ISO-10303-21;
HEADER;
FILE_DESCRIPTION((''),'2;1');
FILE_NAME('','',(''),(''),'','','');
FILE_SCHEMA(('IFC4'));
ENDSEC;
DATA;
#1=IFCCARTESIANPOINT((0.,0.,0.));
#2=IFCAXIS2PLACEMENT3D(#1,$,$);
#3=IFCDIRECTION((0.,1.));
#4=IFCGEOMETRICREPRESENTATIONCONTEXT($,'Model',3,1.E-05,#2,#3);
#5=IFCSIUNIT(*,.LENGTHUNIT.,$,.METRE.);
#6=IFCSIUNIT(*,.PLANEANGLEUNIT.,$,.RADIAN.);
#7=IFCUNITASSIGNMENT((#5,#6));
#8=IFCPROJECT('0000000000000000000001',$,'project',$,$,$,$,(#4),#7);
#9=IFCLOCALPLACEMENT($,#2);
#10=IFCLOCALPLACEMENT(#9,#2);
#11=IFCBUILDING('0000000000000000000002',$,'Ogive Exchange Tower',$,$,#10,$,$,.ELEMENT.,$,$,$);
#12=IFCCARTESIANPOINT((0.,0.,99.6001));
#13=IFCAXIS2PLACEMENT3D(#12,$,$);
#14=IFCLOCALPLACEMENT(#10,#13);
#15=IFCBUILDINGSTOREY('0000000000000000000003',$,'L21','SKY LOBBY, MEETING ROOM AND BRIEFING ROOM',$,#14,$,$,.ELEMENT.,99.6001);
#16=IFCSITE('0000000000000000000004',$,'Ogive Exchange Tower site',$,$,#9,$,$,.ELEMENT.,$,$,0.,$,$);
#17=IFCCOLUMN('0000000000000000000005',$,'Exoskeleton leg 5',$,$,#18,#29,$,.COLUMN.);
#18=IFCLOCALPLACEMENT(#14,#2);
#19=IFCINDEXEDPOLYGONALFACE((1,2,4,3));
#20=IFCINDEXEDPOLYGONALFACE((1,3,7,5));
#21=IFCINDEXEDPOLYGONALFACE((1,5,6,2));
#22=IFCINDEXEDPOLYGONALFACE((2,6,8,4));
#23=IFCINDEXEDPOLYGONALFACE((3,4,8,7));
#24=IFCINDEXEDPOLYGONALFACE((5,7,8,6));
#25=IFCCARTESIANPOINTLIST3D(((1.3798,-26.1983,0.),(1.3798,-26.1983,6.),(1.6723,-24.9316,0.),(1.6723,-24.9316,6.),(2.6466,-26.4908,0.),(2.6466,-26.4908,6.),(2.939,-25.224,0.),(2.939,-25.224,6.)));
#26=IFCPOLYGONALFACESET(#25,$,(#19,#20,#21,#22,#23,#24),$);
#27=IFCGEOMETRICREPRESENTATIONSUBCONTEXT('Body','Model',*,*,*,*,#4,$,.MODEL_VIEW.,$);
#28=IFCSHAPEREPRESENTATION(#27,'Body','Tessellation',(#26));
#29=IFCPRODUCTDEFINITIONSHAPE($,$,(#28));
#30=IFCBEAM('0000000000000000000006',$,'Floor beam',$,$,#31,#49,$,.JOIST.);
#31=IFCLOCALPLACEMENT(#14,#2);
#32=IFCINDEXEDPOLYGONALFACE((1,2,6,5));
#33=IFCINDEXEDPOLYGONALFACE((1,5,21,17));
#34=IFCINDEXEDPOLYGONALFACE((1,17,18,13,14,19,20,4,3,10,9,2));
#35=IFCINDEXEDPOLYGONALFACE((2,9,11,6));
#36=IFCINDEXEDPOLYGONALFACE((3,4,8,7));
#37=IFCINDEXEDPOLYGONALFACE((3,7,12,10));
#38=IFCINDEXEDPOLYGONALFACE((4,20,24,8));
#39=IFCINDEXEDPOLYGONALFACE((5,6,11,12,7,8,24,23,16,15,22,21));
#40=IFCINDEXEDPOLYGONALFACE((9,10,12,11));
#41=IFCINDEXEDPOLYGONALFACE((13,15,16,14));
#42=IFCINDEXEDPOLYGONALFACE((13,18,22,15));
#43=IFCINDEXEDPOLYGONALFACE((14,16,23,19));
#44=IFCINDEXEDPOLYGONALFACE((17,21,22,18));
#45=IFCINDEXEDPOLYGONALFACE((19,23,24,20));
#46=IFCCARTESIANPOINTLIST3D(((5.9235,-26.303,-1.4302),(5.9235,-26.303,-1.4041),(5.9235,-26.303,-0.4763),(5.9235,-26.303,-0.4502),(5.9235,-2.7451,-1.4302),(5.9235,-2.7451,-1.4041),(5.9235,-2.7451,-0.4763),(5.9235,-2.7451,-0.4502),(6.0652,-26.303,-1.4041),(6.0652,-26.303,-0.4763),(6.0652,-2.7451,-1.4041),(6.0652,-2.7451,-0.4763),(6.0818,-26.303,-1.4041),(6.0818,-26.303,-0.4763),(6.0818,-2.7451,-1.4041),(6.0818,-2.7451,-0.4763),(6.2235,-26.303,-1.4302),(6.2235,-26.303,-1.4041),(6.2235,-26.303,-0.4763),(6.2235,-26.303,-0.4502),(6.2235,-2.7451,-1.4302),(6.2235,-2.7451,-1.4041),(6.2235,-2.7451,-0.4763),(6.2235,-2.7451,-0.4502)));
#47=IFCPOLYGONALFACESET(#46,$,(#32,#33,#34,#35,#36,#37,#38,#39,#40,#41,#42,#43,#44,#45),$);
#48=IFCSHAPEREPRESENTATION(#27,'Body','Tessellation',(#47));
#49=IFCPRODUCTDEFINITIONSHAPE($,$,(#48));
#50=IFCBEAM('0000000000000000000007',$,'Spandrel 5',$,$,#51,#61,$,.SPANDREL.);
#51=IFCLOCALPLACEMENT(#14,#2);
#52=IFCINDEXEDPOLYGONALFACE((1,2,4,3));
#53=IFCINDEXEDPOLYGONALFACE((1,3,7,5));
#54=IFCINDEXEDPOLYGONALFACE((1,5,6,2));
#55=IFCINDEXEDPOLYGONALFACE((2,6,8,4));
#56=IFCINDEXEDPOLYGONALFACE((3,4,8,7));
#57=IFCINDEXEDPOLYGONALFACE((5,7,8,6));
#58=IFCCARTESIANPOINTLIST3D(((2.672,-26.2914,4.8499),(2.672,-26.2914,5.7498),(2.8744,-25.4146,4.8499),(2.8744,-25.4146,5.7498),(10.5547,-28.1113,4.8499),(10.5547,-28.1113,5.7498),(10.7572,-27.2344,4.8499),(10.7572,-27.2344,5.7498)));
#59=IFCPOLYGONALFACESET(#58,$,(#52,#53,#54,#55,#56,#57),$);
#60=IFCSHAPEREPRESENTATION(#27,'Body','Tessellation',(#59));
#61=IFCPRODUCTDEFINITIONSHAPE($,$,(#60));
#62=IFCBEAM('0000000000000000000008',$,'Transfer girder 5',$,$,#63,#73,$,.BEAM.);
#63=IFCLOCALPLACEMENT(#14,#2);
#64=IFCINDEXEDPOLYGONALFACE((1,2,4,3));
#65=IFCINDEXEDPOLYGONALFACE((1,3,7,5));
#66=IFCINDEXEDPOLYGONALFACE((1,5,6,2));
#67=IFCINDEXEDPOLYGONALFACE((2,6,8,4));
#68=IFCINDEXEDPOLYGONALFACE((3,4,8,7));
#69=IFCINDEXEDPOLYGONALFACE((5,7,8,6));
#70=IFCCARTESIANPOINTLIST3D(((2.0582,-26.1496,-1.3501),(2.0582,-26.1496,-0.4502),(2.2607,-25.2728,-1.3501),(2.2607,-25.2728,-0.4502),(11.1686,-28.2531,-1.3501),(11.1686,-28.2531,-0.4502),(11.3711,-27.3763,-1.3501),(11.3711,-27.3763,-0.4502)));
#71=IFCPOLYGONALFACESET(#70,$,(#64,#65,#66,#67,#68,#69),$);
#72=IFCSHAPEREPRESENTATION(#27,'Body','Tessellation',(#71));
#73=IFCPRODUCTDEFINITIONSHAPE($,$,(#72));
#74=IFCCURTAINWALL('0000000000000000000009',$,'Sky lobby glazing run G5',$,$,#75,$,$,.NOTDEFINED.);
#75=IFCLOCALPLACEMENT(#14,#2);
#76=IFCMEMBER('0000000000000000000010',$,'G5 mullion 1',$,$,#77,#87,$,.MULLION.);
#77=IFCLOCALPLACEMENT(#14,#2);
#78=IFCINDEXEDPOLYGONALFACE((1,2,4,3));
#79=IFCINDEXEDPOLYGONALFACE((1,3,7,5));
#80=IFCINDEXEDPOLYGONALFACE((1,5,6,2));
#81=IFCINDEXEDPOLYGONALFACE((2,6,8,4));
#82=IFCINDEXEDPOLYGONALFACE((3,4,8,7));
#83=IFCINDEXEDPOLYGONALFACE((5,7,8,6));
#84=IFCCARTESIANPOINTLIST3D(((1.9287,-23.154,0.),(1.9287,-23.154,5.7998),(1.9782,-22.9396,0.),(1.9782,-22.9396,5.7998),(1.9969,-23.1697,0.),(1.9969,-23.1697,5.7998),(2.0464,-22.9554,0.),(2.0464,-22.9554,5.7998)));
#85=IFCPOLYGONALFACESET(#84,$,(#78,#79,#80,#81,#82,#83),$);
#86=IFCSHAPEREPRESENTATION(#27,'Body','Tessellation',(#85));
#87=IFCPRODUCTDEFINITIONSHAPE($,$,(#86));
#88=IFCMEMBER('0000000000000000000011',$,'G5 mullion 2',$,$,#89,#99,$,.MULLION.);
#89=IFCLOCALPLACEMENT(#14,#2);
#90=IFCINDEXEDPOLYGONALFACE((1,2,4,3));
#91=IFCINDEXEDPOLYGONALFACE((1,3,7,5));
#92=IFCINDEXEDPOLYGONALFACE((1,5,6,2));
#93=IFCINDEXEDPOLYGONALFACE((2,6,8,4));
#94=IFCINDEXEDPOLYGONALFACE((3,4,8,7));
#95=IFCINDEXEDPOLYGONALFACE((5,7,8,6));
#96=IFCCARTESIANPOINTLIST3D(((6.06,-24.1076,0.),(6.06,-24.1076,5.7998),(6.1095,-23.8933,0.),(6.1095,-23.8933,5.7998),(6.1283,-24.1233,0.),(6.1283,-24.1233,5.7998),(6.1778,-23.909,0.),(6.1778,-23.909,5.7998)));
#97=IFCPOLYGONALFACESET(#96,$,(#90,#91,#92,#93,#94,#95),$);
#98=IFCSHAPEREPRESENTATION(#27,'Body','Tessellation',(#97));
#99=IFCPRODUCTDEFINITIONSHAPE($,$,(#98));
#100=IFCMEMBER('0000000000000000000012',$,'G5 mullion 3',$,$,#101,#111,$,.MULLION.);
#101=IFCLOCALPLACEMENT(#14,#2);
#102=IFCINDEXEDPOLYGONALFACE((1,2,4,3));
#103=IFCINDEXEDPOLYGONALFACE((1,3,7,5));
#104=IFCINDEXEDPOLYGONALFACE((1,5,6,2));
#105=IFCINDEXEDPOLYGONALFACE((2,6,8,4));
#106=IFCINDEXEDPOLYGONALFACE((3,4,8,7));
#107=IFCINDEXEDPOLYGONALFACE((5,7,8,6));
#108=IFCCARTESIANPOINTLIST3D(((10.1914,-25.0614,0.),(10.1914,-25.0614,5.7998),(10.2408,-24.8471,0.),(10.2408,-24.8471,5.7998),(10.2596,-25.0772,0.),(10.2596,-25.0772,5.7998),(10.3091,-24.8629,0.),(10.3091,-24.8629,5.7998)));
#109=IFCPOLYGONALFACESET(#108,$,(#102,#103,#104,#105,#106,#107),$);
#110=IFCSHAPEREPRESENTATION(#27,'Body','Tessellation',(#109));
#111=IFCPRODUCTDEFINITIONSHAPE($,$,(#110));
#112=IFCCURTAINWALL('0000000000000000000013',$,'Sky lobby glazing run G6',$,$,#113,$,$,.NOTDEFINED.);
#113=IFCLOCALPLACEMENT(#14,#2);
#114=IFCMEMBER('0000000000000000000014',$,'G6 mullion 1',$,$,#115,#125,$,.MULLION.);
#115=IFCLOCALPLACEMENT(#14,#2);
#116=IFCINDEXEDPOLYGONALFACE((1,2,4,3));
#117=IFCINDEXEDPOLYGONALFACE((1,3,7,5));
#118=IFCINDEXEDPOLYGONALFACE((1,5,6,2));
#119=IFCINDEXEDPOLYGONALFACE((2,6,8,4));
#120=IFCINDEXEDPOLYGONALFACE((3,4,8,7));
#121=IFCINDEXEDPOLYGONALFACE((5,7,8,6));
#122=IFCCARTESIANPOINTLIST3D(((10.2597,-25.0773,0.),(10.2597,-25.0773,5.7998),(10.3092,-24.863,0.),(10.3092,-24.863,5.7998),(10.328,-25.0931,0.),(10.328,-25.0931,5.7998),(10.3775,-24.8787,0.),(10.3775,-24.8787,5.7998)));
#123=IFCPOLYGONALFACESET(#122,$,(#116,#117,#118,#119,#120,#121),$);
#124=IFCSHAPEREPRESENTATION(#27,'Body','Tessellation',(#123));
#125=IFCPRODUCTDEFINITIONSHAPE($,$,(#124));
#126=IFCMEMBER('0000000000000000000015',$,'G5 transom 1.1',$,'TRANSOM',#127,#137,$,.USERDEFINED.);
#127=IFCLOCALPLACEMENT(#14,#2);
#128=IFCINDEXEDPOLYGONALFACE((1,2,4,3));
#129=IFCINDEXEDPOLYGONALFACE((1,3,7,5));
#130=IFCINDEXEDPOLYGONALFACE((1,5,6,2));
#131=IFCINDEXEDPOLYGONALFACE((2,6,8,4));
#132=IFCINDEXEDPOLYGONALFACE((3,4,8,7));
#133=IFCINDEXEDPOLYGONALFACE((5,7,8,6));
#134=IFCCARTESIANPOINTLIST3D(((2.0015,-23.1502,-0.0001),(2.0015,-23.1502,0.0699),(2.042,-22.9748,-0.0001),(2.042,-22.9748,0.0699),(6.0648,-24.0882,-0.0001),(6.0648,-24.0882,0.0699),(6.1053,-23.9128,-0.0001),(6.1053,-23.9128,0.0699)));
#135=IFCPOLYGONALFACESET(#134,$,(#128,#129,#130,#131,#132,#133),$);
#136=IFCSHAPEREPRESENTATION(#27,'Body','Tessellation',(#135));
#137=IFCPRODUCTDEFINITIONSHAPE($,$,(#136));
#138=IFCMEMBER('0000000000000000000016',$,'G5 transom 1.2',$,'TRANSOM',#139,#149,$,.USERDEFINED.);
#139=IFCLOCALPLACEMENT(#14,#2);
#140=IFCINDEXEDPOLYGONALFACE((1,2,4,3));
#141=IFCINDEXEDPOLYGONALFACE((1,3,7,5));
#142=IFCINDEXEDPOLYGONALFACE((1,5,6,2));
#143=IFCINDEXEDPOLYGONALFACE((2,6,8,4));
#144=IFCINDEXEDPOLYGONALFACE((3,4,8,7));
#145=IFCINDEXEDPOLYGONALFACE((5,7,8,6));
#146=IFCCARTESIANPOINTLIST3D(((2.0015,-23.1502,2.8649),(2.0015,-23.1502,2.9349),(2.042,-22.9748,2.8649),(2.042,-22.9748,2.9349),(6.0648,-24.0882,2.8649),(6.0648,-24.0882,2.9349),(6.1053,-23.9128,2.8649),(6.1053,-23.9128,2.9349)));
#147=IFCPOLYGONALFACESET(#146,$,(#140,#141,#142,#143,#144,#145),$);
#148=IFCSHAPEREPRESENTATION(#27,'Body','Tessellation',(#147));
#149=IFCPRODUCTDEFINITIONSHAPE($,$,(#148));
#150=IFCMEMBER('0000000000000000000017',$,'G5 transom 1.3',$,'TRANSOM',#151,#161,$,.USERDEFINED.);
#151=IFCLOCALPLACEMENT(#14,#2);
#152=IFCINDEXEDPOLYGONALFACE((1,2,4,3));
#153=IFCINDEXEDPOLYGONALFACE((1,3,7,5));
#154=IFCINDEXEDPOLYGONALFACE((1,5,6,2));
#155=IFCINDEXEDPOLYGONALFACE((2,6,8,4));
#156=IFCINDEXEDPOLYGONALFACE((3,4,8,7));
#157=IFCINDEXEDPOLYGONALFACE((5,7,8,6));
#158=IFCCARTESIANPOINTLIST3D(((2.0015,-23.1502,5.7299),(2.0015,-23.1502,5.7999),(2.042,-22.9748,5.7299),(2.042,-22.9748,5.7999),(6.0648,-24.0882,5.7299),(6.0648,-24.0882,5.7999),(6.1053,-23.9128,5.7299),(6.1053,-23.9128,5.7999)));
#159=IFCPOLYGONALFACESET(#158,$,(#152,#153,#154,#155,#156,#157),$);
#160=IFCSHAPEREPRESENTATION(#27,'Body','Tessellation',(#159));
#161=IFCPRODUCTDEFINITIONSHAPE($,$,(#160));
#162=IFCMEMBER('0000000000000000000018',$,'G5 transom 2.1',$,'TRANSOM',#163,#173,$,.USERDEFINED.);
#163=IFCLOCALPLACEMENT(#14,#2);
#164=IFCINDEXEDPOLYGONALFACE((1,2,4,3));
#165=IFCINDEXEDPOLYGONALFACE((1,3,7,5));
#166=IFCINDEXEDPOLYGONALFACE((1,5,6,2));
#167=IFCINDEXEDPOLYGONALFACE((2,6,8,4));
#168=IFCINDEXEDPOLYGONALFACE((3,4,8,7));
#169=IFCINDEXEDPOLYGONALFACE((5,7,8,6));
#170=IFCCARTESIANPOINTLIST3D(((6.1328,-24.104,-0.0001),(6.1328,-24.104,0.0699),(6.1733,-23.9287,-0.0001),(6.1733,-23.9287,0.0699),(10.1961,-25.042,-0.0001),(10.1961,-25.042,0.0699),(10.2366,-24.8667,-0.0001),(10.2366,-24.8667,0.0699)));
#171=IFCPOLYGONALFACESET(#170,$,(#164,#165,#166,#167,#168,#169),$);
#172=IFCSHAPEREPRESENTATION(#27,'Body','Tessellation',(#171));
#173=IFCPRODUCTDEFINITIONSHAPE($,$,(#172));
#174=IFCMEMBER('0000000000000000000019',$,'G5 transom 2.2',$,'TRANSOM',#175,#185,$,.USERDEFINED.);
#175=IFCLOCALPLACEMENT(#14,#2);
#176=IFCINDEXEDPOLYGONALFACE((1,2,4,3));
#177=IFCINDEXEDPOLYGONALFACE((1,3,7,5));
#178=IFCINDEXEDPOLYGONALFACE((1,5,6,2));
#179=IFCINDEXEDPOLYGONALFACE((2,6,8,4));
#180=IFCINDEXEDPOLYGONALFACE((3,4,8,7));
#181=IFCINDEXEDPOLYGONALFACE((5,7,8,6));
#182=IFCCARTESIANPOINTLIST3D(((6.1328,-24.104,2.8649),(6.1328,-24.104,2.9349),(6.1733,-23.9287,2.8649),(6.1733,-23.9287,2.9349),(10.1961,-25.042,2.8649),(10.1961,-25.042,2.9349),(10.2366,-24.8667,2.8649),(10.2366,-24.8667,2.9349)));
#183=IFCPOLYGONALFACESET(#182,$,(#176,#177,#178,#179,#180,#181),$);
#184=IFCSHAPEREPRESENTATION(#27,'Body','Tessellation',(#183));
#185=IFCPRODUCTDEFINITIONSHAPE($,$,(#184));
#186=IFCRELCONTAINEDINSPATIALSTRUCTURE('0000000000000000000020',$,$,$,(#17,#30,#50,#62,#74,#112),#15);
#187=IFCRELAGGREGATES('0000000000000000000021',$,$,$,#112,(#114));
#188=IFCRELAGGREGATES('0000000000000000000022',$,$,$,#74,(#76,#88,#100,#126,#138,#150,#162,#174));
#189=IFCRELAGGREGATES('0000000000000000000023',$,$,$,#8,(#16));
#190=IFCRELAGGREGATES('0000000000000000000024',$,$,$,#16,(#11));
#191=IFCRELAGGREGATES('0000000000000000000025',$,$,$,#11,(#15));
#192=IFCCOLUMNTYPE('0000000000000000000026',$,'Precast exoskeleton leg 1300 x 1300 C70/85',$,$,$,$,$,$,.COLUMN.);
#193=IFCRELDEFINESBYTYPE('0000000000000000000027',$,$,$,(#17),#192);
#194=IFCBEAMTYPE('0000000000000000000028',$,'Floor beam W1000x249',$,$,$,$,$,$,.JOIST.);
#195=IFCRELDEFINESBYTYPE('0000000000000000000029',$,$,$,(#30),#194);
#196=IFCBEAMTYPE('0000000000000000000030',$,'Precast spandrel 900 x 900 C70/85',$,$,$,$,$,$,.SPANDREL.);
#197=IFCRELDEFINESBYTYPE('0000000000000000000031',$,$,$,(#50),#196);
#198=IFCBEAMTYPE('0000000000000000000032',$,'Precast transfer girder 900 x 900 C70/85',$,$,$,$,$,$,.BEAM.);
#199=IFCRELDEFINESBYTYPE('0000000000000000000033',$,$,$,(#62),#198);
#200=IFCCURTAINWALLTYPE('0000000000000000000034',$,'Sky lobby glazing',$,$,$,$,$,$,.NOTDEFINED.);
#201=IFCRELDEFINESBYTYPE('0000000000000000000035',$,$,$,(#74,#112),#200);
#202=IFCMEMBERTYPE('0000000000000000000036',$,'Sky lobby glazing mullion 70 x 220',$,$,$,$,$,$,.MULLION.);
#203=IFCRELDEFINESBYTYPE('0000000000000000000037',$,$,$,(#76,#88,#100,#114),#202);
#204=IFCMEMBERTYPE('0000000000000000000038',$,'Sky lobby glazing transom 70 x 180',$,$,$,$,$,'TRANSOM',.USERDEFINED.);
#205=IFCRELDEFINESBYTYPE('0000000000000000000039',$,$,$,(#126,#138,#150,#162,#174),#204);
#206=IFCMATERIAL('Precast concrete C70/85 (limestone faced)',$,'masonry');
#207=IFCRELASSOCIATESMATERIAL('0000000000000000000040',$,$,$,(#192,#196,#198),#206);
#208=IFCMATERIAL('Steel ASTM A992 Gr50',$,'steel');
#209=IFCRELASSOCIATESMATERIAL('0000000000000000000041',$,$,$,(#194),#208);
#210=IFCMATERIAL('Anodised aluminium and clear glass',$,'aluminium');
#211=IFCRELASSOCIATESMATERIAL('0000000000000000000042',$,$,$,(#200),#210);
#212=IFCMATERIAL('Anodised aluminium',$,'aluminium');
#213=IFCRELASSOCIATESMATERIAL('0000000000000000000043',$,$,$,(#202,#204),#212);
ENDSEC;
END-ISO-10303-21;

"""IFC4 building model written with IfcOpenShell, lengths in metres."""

from ifc_helpers import new_model, si_unit, direction, frame, origin, origin_2d, place, context, subcontext, project, spatial, rectangle, i_section, extrude, material, material_profile, profile_set, type_object, element, aggregate, save


model = new_model("IFC4")

# Units and contexts
model_context = context("Model", 3, precision=1e-05, world=origin(), true_north=direction((0.0, 1.0)))
body_context = subcontext(model_context, "Body", "Model", "MODEL_VIEW")
ifc_project = project(units=[si_unit("LENGTHUNIT", "METRE"), si_unit("PLANEANGLEUNIT", "RADIAN")], contexts=[model_context])

# Site, building, storey
site_placement = place(None, origin())
site = spatial("IfcSite", under=ifc_project, at=site_placement, Name="Ogive Exchange Tower site", CompositionType="ELEMENT", RefElevation=0.0)
building_placement = place(site_placement, origin())
building = spatial("IfcBuilding", under=site, at=building_placement, Name="Ogive Exchange Tower", CompositionType="ELEMENT")
storey_placement = place(building_placement, frame((0.0, 0.0, 99.6001)))
storey = spatial("IfcBuildingStorey", under=building, at=storey_placement, Name="L21", Description="SKY LOBBY, MEETING ROOM AND BRIEFING ROOM", CompositionType="ELEMENT", Elevation=99.6001)

# Column
ifc_material_1 = material(Name="Precast concrete C70/85 (limestone faced)", Category="masonry")
ifc_material_profile_1 = material_profile(ifc_material_1, rectangle(XDim=1.3, YDim=1.3, at=origin_2d()), Name="1300 x 1300")
ifc_profile_set_1 = profile_set([ifc_material_profile_1], Name="Precast concrete C70/85 (limestone faced)")
column_type = type_object("IfcColumnType", Name="Precast exoskeleton leg 1300 x 1300 C70/85", PredefinedType="COLUMN", material=ifc_profile_set_1)
column_placement = place(storey_placement, frame((2.1594, -25.7112, 0.0), z_axis=(0.0, 0.0, 1.0), x_axis=(0.97437, -0.224951, 0.0)))
element("IfcColumn", 1, at=column_placement, inside=storey, type_object=column_type, Name="Exoskeleton leg 5", PredefinedType="COLUMN", context=body_context, shape_type="SweptSolid", body=[
    extrude(rectangle(XDim=1.3, YDim=1.3, at=origin_2d()), origin(), (0.0, 0.0, 1.0), 6.0),
])

# Beams
ifc_material_2 = material(Name="Steel ASTM A992 Gr50", Category="steel")
ifc_material_profile_2 = material_profile(ifc_material_2, i_section(OverallWidth=0.3, OverallDepth=0.98, WebThickness=0.0166, FlangeThickness=0.0261, at=origin_2d()), Name="W1000x249")
ifc_profile_set_2 = profile_set([ifc_material_profile_2], Name="Steel ASTM A992 Gr50")
beam_type_1 = type_object("IfcBeamType", Name="Floor beam W1000x249", PredefinedType="JOIST", material=ifc_profile_set_2)
beam_1_placement = place(storey_placement, frame((6.0735, -26.303, -0.9402), z_axis=(0.0, 1.0, 0.0), x_axis=(-1.0, 0.0, 0.0)))
element("IfcBeam", 2, at=beam_1_placement, inside=storey, type_object=beam_type_1, Name="Floor beam", PredefinedType="JOIST", context=body_context, shape_type="SweptSolid", body=[
    extrude(i_section(OverallWidth=0.3, OverallDepth=0.98, WebThickness=0.0166, FlangeThickness=0.0261, at=origin_2d()), origin(), (0.0, 0.0, 1.0), 23.5579),
])
ifc_material_profile_3 = material_profile(ifc_material_1, rectangle(XDim=0.8999, YDim=0.8999, at=origin_2d()), Name="900 x 900")
ifc_profile_set_3 = profile_set([ifc_material_profile_3], Name="Precast concrete C70/85 (limestone faced)")
beam_type_2 = type_object("IfcBeamType", Name="Precast spandrel 900 x 900 C70/85", PredefinedType="SPANDREL", material=ifc_profile_set_3)
beam_2_placement = place(storey_placement, frame((2.7732, -25.853, 5.2998), z_axis=(0.974372, -0.224943, 0.0), x_axis=(0.224943, 0.974372, 0.0)))
element("IfcBeam", 3, at=beam_2_placement, inside=storey, type_object=beam_type_2, Name="Spandrel 5", PredefinedType="SPANDREL", context=body_context, shape_type="SweptSolid", body=[
    extrude(rectangle(XDim=0.8999, YDim=0.8999, at=origin_2d()), origin(), (0.0, 0.0, 1.0), 8.0901),
])
ifc_material_profile_4 = material_profile(ifc_material_1, rectangle(XDim=0.8999, YDim=0.8999, at=origin_2d()), Name="900 x 900")
ifc_profile_set_4 = profile_set([ifc_material_profile_4], Name="Precast concrete C70/85 (limestone faced)")
beam_type_3 = type_object("IfcBeamType", Name="Precast transfer girder 900 x 900 C70/85", PredefinedType="BEAM", material=ifc_profile_set_4)
beam_3_placement = place(storey_placement, frame((2.1594, -25.7112, -0.9001), z_axis=(0.974365, -0.224974, 0.0), x_axis=(0.224974, 0.974365, 0.0)))
element("IfcBeam", 4, at=beam_3_placement, inside=storey, type_object=beam_type_3, Name="Transfer girder 5", PredefinedType="BEAM", context=body_context, shape_type="SweptSolid", body=[
    extrude(rectangle(XDim=0.8999, YDim=0.8999, at=origin_2d()), origin(), (0.0, 0.0, 1.0), 9.3501),
])

# Curtain wall, members
ifc_material_3 = material(Name="Anodised aluminium and clear glass", Category="aluminium")
curtain_wall_type = type_object("IfcCurtainWallType", Name="Sky lobby glazing", PredefinedType="NOTDEFINED", material=ifc_material_3)
curtain_wall_1_placement = place(storey_placement, origin())
curtain_wall_1 = element("IfcCurtainWall", 5, at=curtain_wall_1_placement, inside=storey, type_object=curtain_wall_type, Name="Sky lobby glazing run G5", PredefinedType="NOTDEFINED")
ifc_material_4 = material(Name="Anodised aluminium", Category="aluminium")
ifc_material_profile_5 = material_profile(ifc_material_4, rectangle(XDim=0.22, YDim=0.0701, at=origin_2d()), Name="AL 70x220")
ifc_profile_set_5 = profile_set([ifc_material_profile_5], Name="Anodised aluminium")
member_type_1 = type_object("IfcMemberType", Name="Sky lobby glazing mullion 70 x 220", PredefinedType="MULLION", material=ifc_profile_set_5)
member_1_placement = place(storey_placement, frame((1.9875, -23.0547, 0.0), z_axis=(0.0, 0.0, 1.0), x_axis=(0.224958, 0.974369, 0.0)))
member_1 = element("IfcMember", 6, at=member_1_placement, type_object=member_type_1, Name="G5 mullion 1", PredefinedType="MULLION", context=body_context, shape_type="SweptSolid", body=[
    extrude(rectangle(XDim=0.22, YDim=0.0701, at=origin_2d()), origin(), (0.0, 0.0, 1.0), 5.7998),
])
member_2_placement = place(storey_placement, frame((6.1189, -24.0083, 0.0), z_axis=(0.0, 0.0, 1.0), x_axis=(0.224958, 0.974369, 0.0)))
member_2 = element("IfcMember", 7, at=member_2_placement, type_object=member_type_1, Name="G5 mullion 2", PredefinedType="MULLION", context=body_context, shape_type="SweptSolid", body=[
    extrude(rectangle(XDim=0.22, YDim=0.0701, at=origin_2d()), origin(), (0.0, 0.0, 1.0), 5.7998),
])
member_3_placement = place(storey_placement, frame((10.2502, -24.9622, 0.0), z_axis=(0.0, 0.0, 1.0), x_axis=(0.224958, 0.974369, 0.0)))
member_3 = element("IfcMember", 8, at=member_3_placement, type_object=member_type_1, Name="G5 mullion 3", PredefinedType="MULLION", context=body_context, shape_type="SweptSolid", body=[
    extrude(rectangle(XDim=0.22, YDim=0.0701, at=origin_2d()), origin(), (0.0, 0.0, 1.0), 5.7998),
])

# Curtain wall, member
curtain_wall_2_placement = place(storey_placement, origin())
curtain_wall_2 = element("IfcCurtainWall", 9, at=curtain_wall_2_placement, inside=storey, type_object=curtain_wall_type, Name="Sky lobby glazing run G6", PredefinedType="NOTDEFINED")
member_4_placement = place(storey_placement, frame((10.3186, -24.978, 0.0), z_axis=(0.0, 0.0, 1.0), x_axis=(0.224949, 0.97437, 0.0)))
member_4 = element("IfcMember", 10, at=member_4_placement, type_object=member_type_1, Name="G6 mullion 1", PredefinedType="MULLION", context=body_context, shape_type="SweptSolid", body=[
    extrude(rectangle(XDim=0.22, YDim=0.0701, at=origin_2d()), origin(), (0.0, 0.0, 1.0), 5.7998),
])
aggregate(curtain_wall_2, [member_4])

# Members
ifc_material_profile_6 = material_profile(ifc_material_4, rectangle(XDim=0.1799, YDim=0.0701, at=origin_2d()), Name="AL 70x180")
ifc_profile_set_6 = profile_set([ifc_material_profile_6], Name="Anodised aluminium")
member_type_2 = type_object("IfcMemberType", Name="Sky lobby glazing transom 70 x 180", ElementType="TRANSOM", PredefinedType="USERDEFINED", material=ifc_profile_set_6)
member_5_placement = place(storey_placement, frame((2.0217, -23.0625, 0.0349), z_axis=(0.974374, -0.224932, 0.0), x_axis=(0.224932, 0.974374, 0.0)))
member_5 = element("IfcMember", 11, at=member_5_placement, type_object=member_type_2, Name="G5 transom 1.1", ObjectType="TRANSOM", PredefinedType="USERDEFINED", context=body_context, shape_type="SweptSolid", body=[
    extrude(rectangle(XDim=0.1799, YDim=0.0701, at=origin_2d()), origin(), (0.0, 0.0, 1.0), 4.1702),
])
member_6_placement = place(storey_placement, frame((2.0217, -23.0625, 2.8999), z_axis=(0.974374, -0.224932, 0.0), x_axis=(0.224932, 0.974374, 0.0)))
member_6 = element("IfcMember", 12, at=member_6_placement, type_object=member_type_2, Name="G5 transom 1.2", ObjectType="TRANSOM", PredefinedType="USERDEFINED", context=body_context, shape_type="SweptSolid", body=[
    extrude(rectangle(XDim=0.1799, YDim=0.0701, at=origin_2d()), origin(), (0.0, 0.0, 1.0), 4.1702),
])
member_7_placement = place(storey_placement, frame((2.0217, -23.0625, 5.7649), z_axis=(0.974374, -0.224932, 0.0), x_axis=(0.224932, 0.974374, 0.0)))
member_7 = element("IfcMember", 13, at=member_7_placement, type_object=member_type_2, Name="G5 transom 1.3", ObjectType="TRANSOM", PredefinedType="USERDEFINED", context=body_context, shape_type="SweptSolid", body=[
    extrude(rectangle(XDim=0.1799, YDim=0.0701, at=origin_2d()), origin(), (0.0, 0.0, 1.0), 4.1702),
])
member_8_placement = place(storey_placement, frame((6.1531, -24.0164, 0.0349), z_axis=(0.974374, -0.224932, 0.0), x_axis=(0.224932, 0.974374, 0.0)))
member_8 = element("IfcMember", 14, at=member_8_placement, type_object=member_type_2, Name="G5 transom 2.1", ObjectType="TRANSOM", PredefinedType="USERDEFINED", context=body_context, shape_type="SweptSolid", body=[
    extrude(rectangle(XDim=0.1799, YDim=0.0701, at=origin_2d()), origin(), (0.0, 0.0, 1.0), 4.1702),
])
member_9_placement = place(storey_placement, frame((6.1531, -24.0164, 2.8999), z_axis=(0.974374, -0.224932, 0.0), x_axis=(0.224932, 0.974374, 0.0)))
member_9 = element("IfcMember", 15, at=member_9_placement, type_object=member_type_2, Name="G5 transom 2.2", ObjectType="TRANSOM", PredefinedType="USERDEFINED", context=body_context, shape_type="SweptSolid", body=[
    extrude(rectangle(XDim=0.1799, YDim=0.0701, at=origin_2d()), origin(), (0.0, 0.0, 1.0), 4.1702),
])

aggregate(curtain_wall_1, [member_1, member_2, member_3, member_5, member_6, member_7, member_8, member_9])

save(model, "model.ifc")
